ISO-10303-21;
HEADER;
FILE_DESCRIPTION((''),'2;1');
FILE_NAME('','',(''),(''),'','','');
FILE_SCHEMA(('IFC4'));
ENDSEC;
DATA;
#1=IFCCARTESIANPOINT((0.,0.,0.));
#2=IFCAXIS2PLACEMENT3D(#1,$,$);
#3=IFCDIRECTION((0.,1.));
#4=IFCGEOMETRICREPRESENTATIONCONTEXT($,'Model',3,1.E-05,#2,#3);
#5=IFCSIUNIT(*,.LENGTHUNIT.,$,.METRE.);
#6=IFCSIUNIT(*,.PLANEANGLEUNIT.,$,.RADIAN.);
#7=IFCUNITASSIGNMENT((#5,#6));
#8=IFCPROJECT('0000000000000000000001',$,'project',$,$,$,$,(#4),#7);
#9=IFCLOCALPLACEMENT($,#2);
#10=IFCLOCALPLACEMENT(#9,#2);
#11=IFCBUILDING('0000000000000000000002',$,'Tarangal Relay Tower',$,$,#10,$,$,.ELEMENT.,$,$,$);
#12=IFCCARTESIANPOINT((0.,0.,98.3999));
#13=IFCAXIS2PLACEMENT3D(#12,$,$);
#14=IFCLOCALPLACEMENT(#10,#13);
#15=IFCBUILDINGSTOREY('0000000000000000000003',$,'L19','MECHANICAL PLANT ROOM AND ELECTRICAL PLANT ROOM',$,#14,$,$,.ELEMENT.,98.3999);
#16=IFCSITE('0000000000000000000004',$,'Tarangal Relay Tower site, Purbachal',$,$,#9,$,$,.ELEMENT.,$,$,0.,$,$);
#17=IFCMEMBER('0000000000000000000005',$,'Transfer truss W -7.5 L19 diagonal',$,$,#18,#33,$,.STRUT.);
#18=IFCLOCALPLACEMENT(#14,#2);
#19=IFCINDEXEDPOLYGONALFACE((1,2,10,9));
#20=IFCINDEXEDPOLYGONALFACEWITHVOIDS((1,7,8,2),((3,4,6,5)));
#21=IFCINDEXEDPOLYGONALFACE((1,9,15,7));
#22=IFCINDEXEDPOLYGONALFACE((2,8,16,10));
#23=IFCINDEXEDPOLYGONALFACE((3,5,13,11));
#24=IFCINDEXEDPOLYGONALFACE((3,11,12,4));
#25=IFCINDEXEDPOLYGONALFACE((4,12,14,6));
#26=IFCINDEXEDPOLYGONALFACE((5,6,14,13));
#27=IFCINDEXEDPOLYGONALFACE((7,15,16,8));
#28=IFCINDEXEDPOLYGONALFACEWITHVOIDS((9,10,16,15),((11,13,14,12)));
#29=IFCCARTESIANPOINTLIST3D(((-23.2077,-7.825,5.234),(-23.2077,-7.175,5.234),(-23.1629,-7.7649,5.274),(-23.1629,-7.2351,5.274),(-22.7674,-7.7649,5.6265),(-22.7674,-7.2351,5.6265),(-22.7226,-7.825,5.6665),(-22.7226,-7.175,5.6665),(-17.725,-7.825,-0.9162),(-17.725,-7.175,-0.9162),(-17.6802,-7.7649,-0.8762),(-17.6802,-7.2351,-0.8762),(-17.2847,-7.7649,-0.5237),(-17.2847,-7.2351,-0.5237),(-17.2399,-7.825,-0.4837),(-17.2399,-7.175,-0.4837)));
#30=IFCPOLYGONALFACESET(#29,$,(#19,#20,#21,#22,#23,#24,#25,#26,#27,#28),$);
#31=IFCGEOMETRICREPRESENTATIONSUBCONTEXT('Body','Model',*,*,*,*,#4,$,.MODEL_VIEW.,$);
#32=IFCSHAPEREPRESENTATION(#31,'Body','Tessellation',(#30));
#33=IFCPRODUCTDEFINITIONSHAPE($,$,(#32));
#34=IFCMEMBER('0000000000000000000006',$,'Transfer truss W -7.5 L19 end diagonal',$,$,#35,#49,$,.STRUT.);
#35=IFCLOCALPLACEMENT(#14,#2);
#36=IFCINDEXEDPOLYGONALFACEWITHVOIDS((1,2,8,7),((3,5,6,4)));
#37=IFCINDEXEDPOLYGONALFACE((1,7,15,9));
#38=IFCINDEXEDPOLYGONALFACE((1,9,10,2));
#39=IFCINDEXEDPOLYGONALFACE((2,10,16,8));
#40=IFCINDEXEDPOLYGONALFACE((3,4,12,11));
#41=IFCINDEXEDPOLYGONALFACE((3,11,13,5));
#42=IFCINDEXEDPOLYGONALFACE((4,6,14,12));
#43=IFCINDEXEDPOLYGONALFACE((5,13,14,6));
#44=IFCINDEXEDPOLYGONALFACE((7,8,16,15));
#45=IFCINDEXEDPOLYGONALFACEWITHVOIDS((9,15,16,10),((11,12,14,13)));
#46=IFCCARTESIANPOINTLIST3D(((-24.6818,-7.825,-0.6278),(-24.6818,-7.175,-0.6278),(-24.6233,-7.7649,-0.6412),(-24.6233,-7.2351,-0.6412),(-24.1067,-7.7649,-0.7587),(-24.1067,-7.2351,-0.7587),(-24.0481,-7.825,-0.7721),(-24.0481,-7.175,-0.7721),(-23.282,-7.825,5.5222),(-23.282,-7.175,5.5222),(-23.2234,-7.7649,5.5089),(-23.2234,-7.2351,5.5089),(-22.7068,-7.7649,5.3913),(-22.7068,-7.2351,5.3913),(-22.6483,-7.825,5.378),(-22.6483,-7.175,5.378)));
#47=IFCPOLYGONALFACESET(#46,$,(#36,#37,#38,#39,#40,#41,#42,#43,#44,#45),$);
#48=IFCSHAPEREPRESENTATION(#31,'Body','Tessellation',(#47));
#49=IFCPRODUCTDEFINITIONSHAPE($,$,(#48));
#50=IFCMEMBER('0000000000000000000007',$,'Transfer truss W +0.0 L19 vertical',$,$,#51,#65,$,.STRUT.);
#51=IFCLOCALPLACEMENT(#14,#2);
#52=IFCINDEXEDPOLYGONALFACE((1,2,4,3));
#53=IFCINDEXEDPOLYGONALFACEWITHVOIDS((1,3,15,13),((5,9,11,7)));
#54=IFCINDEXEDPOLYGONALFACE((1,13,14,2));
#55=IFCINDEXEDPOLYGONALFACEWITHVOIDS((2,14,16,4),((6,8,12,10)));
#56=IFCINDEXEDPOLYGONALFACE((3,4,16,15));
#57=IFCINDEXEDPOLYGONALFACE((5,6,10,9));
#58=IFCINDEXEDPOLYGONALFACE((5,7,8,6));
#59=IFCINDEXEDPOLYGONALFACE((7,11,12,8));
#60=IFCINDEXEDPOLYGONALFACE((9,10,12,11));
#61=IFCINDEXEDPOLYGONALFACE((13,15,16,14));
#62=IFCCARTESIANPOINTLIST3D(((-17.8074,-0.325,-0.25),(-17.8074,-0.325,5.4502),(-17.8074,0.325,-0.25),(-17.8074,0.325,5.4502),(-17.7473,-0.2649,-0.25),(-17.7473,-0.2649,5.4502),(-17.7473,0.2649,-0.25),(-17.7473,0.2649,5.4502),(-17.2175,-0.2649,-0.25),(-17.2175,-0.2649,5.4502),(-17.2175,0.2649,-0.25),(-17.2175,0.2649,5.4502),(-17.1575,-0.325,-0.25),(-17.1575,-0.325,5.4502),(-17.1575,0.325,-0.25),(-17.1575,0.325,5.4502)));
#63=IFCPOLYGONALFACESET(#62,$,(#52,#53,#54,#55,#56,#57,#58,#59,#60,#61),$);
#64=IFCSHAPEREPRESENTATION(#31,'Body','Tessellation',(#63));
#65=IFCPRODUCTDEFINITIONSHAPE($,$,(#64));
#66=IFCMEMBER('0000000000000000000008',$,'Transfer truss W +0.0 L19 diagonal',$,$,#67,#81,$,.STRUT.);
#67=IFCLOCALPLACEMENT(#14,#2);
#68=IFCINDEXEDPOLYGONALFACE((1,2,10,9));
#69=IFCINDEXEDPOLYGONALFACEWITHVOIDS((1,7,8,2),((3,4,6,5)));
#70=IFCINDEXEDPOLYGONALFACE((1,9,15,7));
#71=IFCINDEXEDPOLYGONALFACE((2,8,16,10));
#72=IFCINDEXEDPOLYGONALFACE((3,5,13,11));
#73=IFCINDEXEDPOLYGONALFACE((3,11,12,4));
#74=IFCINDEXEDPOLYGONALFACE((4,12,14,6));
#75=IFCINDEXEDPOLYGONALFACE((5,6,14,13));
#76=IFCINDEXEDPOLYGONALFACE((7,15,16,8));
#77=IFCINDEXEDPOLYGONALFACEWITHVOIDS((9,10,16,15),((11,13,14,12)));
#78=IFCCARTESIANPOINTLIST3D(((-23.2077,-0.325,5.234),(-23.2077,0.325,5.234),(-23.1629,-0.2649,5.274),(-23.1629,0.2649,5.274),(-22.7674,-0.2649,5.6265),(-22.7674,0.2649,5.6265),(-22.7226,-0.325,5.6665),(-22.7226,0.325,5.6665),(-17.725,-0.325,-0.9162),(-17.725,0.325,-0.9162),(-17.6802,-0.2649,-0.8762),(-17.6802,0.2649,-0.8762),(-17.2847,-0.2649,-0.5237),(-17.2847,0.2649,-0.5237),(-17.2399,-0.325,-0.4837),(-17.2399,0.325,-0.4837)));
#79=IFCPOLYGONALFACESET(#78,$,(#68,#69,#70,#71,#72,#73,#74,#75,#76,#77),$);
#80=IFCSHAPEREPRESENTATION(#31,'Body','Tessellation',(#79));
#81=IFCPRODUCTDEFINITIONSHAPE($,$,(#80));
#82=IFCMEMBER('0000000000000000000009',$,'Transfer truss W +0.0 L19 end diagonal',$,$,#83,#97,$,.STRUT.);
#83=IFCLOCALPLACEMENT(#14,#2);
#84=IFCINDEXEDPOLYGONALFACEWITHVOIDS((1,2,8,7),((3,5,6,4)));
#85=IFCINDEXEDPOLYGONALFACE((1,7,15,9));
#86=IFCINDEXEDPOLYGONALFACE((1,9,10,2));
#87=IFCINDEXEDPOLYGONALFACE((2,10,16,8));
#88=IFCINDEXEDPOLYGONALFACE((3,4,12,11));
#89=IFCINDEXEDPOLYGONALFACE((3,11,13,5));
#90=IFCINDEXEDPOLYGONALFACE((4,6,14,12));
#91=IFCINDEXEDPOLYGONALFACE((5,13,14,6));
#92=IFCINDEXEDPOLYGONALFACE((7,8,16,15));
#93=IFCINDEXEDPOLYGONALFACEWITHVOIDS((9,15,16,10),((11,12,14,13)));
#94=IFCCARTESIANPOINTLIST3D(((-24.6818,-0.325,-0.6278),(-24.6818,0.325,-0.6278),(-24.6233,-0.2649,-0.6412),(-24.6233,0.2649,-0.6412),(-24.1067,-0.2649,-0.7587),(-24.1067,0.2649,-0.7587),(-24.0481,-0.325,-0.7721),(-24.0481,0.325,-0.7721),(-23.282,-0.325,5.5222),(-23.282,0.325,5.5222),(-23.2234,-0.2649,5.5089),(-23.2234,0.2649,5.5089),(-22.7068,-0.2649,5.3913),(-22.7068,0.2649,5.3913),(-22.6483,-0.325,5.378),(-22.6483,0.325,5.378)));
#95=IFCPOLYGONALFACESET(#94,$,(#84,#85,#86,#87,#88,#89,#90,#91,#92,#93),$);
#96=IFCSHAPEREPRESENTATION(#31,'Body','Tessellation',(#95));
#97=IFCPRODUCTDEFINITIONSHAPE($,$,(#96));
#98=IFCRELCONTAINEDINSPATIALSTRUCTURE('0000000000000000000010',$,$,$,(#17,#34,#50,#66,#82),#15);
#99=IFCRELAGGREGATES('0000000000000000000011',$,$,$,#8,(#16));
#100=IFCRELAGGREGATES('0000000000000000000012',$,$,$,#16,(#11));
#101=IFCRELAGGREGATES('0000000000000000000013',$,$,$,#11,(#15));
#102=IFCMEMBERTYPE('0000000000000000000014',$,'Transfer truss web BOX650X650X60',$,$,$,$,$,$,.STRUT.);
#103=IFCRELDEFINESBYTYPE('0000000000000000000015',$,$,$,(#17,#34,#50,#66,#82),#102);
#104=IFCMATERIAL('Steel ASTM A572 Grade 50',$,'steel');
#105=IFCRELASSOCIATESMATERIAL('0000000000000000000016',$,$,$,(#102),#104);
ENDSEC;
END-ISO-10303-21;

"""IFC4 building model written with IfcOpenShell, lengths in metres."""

from ifc_helpers import new_model, si_unit, direction, frame, origin, origin_2d, place, context, subcontext, project, spatial, hollow_rectangle, extrude, material, material_profile, profile_set, type_object, element, save


model = new_model("IFC4")

# Units and contexts
model_context = context("Model", 3, precision=1e-05, world=origin(), true_north=direction((0.0, 1.0)))
body_context = subcontext(model_context, "Body", "Model", "MODEL_VIEW")
ifc_project = project(units=[si_unit("LENGTHUNIT", "METRE"), si_unit("PLANEANGLEUNIT", "RADIAN")], contexts=[model_context])

# Site, building, storey
site_placement = place(None, origin())
site = spatial("IfcSite", under=ifc_project, at=site_placement, Name="Tarangal Relay Tower site, Purbachal", CompositionType="ELEMENT", RefElevation=0.0)
building_placement = place(site_placement, origin())
building = spatial("IfcBuilding", under=site, at=building_placement, Name="Tarangal Relay Tower", CompositionType="ELEMENT")
storey_placement = place(building_placement, frame((0.0, 0.0, 98.3999)))
storey = spatial("IfcBuildingStorey", under=building, at=storey_placement, Name="L19", Description="MECHANICAL PLANT ROOM AND ELECTRICAL PLANT ROOM", CompositionType="ELEMENT", Elevation=98.3999)

# Shared definitions
ifc_material_1 = material(Name="Steel ASTM A572 Grade 50", Category="steel")

# Members
ifc_material_profile_1 = material_profile(ifc_material_1, hollow_rectangle(XDim=0.6499, YDim=0.6499, WallThickness=0.0601, at=origin_2d()), Name="BOX650X650X60")
ifc_profile_set_1 = profile_set([ifc_material_profile_1], Name="Steel ASTM A572 Grade 50")
member_type_1 = type_object("IfcMemberType", Name="Transfer truss web BOX650X650X60", PredefinedType="STRUT", material=ifc_profile_set_1)
member_1_placement = place(storey_placement, frame((-17.4824, -7.5, -0.7), z_axis=(-0.665439, 0.0, 0.746452), x_axis=(0.0, -1.0, 0.0)))
element("IfcMember", 1, at=member_1_placement, inside=storey, type_object=member_type_1, Name="Transfer truss W -7.5 L19 diagonal", PredefinedType="STRUT", context=body_context, shape_type="SweptSolid", body=[
    extrude(hollow_rectangle(XDim=0.6499, YDim=0.6499, WallThickness=0.0601, at=origin_2d()), origin(), (0.0, 0.0, 1.0), 8.2393),
])
member_2_placement = place(storey_placement, frame((-24.365, -7.5, -0.7), z_axis=(0.221944, 0.0, 0.975059), x_axis=(0.0, 1.0, 0.0)))
element("IfcMember", 2, at=member_2_placement, inside=storey, type_object=member_type_1, Name="Transfer truss W -7.5 L19 end diagonal", PredefinedType="STRUT", context=body_context, shape_type="SweptSolid", body=[
    extrude(hollow_rectangle(XDim=0.6499, YDim=0.6499, WallThickness=0.0601, at=origin_2d()), origin(), (0.0, 0.0, 1.0), 6.3074),
])
member_3_placement = place(storey_placement, frame((-17.4824, 0.0, -0.25), z_axis=(0.0, 0.0, 1.0), x_axis=(1.0, 0.0, 0.0)))
element("IfcMember", 3, at=member_3_placement, inside=storey, type_object=member_type_1, Name="Transfer truss W +0.0 L19 vertical", PredefinedType="STRUT", context=body_context, shape_type="SweptSolid", body=[
    extrude(hollow_rectangle(XDim=0.6499, YDim=0.6499, WallThickness=0.0601, at=origin_2d()), origin(), (0.0, 0.0, 1.0), 5.7002),
])
member_4_placement = place(storey_placement, frame((-17.4824, 0.0, -0.7), z_axis=(-0.665439, 0.0, 0.746452), x_axis=(0.0, -1.0, 0.0)))
element("IfcMember", 4, at=member_4_placement, inside=storey, type_object=member_type_1, Name="Transfer truss W +0.0 L19 diagonal", PredefinedType="STRUT", context=body_context, shape_type="SweptSolid", body=[
    extrude(hollow_rectangle(XDim=0.6499, YDim=0.6499, WallThickness=0.0601, at=origin_2d()), origin(), (0.0, 0.0, 1.0), 8.2393),
])
member_5_placement = place(storey_placement, frame((-24.365, 0.0, -0.7), z_axis=(0.221944, 0.0, 0.975059), x_axis=(0.0, 1.0, 0.0)))
element("IfcMember", 5, at=member_5_placement, inside=storey, type_object=member_type_1, Name="Transfer truss W +0.0 L19 end diagonal", PredefinedType="STRUT", context=body_context, shape_type="SweptSolid", body=[
    extrude(hollow_rectangle(XDim=0.6499, YDim=0.6499, WallThickness=0.0601, at=origin_2d()), origin(), (0.0, 0.0, 1.0), 6.3074),
])

save(model, "model.ifc")
